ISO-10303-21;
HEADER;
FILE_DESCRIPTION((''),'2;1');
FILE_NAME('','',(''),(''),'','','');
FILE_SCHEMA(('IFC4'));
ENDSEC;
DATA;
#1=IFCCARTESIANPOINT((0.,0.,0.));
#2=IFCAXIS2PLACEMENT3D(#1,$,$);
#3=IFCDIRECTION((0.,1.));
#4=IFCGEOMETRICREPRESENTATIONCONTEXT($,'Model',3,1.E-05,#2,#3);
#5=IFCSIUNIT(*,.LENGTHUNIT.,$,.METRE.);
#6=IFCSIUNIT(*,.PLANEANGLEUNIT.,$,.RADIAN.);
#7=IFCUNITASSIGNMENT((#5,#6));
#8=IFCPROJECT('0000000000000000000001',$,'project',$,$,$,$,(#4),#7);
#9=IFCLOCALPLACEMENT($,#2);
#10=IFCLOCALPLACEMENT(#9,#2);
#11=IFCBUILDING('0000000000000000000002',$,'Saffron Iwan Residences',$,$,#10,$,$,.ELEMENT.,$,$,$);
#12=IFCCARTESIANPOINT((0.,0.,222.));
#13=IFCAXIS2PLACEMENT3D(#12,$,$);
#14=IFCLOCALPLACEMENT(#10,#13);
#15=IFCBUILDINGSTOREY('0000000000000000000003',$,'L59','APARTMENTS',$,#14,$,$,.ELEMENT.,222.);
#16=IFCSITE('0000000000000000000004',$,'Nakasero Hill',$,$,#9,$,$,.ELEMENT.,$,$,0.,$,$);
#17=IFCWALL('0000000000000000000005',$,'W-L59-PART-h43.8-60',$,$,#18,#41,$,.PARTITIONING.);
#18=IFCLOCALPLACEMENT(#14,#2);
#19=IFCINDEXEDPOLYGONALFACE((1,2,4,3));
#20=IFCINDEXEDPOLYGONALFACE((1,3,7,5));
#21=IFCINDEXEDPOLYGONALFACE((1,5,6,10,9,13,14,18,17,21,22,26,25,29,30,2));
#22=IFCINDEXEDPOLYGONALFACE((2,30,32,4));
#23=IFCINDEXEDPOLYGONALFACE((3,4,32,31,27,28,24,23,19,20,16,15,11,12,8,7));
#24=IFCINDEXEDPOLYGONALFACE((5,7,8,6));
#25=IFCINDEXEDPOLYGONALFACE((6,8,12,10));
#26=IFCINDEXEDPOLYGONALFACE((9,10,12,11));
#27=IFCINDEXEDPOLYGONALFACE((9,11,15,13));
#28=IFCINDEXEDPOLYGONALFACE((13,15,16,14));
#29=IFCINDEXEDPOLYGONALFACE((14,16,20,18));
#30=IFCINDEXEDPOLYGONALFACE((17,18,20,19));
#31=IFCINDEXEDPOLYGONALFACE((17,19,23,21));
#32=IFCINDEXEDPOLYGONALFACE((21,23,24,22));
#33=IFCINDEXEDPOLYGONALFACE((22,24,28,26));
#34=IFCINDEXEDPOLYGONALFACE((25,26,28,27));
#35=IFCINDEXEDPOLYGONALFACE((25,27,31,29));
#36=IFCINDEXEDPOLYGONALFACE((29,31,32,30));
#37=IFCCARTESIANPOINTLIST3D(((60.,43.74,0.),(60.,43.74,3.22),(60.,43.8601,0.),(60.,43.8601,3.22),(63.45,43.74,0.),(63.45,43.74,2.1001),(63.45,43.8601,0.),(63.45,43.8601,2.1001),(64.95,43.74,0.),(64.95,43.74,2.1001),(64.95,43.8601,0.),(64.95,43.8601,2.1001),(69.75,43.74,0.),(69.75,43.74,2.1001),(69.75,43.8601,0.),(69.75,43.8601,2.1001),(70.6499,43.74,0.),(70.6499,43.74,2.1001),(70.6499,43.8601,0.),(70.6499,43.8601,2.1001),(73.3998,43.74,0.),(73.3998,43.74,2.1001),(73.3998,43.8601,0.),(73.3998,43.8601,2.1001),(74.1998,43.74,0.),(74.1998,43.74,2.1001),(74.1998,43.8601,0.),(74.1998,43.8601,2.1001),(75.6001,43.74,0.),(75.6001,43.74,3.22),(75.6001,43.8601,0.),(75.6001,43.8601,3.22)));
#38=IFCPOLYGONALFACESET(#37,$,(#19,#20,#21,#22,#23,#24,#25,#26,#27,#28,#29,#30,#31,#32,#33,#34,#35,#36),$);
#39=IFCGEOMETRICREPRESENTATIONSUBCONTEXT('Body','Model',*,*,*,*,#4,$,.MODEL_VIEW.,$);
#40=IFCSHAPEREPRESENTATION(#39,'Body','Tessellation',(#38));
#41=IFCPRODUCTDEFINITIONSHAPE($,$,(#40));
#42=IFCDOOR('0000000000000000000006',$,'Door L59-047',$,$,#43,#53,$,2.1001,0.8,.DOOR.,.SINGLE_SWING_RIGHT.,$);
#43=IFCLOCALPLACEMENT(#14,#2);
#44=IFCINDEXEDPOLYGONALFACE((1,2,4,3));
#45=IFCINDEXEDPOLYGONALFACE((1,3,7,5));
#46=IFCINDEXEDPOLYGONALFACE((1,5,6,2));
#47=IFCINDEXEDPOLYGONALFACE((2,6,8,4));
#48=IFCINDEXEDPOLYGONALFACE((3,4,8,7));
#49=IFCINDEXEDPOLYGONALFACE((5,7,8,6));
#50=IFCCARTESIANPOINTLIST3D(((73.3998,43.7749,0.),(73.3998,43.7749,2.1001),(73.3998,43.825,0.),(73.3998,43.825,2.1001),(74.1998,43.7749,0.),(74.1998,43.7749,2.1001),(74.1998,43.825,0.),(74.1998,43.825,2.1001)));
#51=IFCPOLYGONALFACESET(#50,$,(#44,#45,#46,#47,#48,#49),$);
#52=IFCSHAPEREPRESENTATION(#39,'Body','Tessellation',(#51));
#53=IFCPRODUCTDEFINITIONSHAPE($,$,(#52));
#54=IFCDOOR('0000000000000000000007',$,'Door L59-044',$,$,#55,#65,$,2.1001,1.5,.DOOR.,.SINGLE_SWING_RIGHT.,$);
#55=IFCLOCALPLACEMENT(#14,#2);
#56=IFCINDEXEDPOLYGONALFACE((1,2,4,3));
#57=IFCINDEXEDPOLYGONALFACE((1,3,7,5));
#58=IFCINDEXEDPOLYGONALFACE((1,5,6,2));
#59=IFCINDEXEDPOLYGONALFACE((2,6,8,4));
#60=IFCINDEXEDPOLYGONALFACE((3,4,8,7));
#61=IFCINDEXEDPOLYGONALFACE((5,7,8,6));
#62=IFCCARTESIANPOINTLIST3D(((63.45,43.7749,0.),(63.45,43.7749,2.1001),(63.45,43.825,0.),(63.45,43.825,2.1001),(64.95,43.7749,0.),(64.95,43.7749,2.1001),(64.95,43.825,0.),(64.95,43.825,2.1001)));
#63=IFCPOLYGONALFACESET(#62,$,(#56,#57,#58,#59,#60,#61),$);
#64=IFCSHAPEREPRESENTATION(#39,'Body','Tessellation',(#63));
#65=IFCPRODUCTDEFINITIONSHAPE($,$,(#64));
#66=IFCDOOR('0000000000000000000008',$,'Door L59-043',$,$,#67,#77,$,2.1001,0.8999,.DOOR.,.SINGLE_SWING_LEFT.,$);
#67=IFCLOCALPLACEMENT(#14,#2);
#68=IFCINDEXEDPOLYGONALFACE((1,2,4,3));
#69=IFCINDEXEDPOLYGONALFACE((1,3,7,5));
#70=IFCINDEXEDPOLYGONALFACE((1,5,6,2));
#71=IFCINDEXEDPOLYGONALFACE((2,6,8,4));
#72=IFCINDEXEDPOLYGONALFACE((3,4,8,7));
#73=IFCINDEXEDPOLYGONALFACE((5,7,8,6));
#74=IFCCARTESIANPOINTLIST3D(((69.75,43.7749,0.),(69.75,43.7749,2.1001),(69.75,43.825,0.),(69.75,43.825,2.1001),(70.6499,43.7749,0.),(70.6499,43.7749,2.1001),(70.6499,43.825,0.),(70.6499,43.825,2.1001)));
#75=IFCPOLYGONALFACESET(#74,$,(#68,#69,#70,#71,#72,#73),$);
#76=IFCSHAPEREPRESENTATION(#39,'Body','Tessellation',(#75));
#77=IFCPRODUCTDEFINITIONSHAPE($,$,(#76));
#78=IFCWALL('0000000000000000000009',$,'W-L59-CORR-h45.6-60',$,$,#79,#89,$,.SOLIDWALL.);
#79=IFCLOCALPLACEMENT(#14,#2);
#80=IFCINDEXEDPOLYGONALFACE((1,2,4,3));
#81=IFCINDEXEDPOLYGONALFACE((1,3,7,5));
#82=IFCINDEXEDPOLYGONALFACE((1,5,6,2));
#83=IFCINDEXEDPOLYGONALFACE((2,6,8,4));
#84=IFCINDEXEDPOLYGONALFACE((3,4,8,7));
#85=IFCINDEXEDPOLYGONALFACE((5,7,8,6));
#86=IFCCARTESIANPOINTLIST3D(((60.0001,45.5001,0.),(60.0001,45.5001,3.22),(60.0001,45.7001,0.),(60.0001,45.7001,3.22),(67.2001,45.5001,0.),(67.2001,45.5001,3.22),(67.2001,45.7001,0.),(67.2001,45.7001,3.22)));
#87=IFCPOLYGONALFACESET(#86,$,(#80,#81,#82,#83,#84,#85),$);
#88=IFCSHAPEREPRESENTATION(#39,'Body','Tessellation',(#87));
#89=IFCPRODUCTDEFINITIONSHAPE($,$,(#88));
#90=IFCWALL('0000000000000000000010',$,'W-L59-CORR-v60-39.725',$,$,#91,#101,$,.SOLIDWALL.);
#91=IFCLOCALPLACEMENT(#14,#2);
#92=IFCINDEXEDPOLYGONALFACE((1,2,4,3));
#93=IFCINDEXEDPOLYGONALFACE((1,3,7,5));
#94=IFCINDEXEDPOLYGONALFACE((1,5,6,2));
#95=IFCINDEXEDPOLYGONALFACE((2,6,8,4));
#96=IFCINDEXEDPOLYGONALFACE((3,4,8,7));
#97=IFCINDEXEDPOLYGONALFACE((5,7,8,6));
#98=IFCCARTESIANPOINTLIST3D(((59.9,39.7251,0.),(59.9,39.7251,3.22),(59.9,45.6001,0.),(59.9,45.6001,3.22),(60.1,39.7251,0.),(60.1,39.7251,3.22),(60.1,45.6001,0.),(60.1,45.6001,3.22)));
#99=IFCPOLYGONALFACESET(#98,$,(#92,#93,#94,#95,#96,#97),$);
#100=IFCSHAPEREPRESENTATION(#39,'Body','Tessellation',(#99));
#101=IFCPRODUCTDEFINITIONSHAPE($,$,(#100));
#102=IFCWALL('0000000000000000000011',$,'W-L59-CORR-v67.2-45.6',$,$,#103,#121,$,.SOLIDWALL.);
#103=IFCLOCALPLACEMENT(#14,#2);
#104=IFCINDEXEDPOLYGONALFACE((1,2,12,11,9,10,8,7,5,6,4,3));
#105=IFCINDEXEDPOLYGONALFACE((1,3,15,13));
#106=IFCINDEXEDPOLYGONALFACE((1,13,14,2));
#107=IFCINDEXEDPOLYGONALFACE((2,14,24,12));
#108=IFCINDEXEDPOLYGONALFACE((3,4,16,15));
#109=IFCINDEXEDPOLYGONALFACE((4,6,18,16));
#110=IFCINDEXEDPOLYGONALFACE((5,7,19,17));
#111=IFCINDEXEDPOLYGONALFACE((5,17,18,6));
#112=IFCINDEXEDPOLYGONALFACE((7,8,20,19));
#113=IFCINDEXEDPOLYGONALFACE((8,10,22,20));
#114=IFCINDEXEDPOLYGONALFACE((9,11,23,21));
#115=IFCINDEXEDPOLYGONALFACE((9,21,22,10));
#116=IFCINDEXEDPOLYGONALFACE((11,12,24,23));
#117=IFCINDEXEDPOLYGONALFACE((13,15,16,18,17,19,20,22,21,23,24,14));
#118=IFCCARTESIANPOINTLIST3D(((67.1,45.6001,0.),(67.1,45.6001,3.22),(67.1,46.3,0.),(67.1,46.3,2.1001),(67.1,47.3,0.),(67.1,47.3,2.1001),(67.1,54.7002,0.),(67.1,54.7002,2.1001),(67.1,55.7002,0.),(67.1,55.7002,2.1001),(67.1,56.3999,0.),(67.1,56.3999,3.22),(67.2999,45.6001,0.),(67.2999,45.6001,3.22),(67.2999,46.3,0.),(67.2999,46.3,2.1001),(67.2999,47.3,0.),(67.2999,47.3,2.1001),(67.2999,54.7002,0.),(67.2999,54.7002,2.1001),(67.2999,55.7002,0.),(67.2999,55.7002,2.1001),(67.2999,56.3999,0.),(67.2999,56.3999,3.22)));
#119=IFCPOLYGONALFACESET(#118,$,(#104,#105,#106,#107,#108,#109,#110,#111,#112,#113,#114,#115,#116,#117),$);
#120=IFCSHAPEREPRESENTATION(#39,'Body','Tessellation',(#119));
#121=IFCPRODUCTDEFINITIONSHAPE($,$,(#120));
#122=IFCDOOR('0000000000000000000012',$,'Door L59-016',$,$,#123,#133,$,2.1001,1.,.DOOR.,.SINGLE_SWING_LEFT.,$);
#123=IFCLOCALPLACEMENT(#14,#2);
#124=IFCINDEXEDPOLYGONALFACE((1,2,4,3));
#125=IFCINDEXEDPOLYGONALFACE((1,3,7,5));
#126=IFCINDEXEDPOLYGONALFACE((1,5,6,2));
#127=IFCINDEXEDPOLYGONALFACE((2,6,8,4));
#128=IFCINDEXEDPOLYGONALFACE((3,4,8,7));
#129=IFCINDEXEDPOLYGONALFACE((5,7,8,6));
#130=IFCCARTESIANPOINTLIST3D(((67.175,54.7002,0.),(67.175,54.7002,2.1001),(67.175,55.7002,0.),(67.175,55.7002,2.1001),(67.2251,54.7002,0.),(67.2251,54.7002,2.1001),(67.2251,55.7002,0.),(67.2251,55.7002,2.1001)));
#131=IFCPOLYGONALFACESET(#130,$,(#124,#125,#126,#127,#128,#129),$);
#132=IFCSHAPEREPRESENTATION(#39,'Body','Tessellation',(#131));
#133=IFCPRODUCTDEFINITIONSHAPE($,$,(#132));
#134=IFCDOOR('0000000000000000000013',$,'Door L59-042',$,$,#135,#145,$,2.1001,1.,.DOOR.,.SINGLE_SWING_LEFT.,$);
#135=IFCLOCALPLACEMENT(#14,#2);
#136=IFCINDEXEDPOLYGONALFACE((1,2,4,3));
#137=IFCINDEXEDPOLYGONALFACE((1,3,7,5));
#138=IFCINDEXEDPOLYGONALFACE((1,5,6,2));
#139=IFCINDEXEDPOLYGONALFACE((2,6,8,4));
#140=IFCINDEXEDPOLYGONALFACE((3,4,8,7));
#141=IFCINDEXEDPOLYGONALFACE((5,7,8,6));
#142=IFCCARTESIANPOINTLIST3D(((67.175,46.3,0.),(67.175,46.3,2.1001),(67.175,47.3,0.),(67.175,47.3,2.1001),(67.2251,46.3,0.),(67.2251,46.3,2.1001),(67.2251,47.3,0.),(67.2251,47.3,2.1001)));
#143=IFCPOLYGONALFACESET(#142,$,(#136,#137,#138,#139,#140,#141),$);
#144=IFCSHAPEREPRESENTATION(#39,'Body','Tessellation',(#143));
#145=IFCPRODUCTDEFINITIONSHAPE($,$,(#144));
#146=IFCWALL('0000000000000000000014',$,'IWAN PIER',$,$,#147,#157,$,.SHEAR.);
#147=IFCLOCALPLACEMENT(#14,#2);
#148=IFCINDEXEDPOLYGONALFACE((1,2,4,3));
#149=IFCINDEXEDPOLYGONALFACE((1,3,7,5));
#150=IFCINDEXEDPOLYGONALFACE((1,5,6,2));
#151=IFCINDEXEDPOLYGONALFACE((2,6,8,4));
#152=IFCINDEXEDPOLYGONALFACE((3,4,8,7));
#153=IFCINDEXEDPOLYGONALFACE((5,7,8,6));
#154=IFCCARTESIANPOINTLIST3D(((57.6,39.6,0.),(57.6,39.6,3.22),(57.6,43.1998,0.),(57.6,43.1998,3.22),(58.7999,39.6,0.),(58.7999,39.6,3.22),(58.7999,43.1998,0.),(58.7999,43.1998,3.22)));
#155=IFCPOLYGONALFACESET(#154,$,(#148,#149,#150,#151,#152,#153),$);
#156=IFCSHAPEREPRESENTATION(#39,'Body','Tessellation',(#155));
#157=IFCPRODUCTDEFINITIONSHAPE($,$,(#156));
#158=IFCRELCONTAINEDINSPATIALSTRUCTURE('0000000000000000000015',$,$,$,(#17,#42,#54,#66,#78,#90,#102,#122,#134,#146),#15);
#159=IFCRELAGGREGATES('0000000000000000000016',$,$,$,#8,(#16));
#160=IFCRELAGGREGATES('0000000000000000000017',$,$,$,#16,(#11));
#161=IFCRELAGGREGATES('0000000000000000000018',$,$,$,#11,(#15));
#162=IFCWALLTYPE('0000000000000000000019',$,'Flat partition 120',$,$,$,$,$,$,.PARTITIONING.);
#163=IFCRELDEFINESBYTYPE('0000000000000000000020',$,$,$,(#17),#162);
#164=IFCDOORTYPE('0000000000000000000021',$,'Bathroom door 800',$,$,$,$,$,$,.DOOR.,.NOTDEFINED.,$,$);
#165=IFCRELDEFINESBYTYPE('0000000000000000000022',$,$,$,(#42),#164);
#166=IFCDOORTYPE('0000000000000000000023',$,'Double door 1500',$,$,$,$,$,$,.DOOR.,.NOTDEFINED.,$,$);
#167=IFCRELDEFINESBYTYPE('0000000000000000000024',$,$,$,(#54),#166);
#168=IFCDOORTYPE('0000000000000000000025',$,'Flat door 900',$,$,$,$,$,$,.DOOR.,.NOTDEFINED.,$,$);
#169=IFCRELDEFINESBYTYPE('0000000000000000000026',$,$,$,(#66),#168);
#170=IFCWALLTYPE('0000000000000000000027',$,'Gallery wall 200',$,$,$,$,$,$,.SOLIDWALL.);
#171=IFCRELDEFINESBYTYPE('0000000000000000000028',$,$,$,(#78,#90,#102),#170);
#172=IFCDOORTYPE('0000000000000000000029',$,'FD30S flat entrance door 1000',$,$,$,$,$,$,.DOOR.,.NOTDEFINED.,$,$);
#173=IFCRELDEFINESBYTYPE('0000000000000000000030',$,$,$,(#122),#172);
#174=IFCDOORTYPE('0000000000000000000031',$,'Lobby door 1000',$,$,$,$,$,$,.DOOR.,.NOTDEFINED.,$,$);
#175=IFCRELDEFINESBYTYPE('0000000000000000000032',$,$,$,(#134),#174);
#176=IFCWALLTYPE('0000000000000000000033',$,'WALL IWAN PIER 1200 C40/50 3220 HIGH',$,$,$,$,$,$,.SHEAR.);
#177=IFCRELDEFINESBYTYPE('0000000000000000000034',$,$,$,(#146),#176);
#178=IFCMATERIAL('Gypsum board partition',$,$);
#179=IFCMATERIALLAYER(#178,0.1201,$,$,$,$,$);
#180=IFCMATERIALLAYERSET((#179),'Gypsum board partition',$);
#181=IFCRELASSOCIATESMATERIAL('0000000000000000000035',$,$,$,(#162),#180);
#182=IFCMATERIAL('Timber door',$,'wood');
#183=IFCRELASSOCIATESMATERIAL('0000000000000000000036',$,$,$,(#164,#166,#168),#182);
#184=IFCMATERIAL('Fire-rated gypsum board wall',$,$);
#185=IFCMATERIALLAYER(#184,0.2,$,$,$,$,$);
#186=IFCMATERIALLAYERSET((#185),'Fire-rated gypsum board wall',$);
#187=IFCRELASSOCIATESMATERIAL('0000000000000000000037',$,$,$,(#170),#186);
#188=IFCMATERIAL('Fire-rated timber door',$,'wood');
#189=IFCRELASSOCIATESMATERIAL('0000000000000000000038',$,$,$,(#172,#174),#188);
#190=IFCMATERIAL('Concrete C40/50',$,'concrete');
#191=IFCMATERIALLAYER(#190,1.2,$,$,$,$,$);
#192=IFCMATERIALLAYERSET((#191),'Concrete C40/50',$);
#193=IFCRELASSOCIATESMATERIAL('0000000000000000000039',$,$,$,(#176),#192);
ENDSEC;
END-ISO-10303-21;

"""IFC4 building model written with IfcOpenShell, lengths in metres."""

from ifc_helpers import new_model, si_unit, direction, frame, frame_2d, origin, place, context, subcontext, project, spatial, rectangle, extrude, material, layer, layer_set, type_object, element, fill, save


model = new_model("IFC4")

# Units and contexts
model_context = context("Model", 3, precision=1e-05, world=origin(), true_north=direction((0.0, 1.0)))
body_context = subcontext(model_context, "Body", "Model", "MODEL_VIEW")
ifc_project = project(units=[si_unit("LENGTHUNIT", "METRE"), si_unit("PLANEANGLEUNIT", "RADIAN")], contexts=[model_context])

# Site, building, storey
site_placement = place(None, origin())
site = spatial("IfcSite", under=ifc_project, at=site_placement, Name="Nakasero Hill", CompositionType="ELEMENT", RefElevation=0.0)
building_placement = place(site_placement, origin())
building = spatial("IfcBuilding", under=site, at=building_placement, Name="Saffron Iwan Residences", CompositionType="ELEMENT")
storey_placement = place(building_placement, frame((0.0, 0.0, 222.0)))
storey = spatial("IfcBuildingStorey", under=building, at=storey_placement, Name="L59", Description="APARTMENTS", CompositionType="ELEMENT", Elevation=222.0)

# Shared definitions
ifc_material_1 = material(Name="Concrete C40/50", Category="concrete")

# Wall, openings, doors
ifc_material_2 = material(Name="Gypsum board partition")
ifc_layer_1 = layer(ifc_material_2, 0.1201)
ifc_layer_set_1 = layer_set([ifc_layer_1], Name="Gypsum board partition")
wall_type_1 = type_object("IfcWallType", Name="Flat partition 120", PredefinedType="PARTITIONING", material=ifc_layer_set_1)
wall_1_placement = place(storey_placement, frame((60.0, 43.8, 0.0), z_axis=(0.0, 0.0, 1.0), x_axis=(1.0, 0.0, 0.0)))
wall_1 = element("IfcWall", 1, at=wall_1_placement, inside=storey, type_object=wall_type_1, Name="W-L59-PART-h43.8-60", PredefinedType="PARTITIONING", context=body_context, shape_type="SweptSolid", body=[
    extrude(rectangle(XDim=15.6001, YDim=0.1201, at=frame_2d((7.8, 0.0))), origin(), (0.0, 0.0, 1.0), 3.22),
])
opening_1_placement = place(wall_1_placement, frame((9.75, 0.0, 0.0)))
opening_1 = element("IfcOpeningElement", 2, at=opening_1_placement, cuts=wall_1, PredefinedType="OPENING", context=body_context, shape_type="SweptSolid", body=[
    extrude(rectangle(XDim=0.8999, YDim=2.1001, at=frame_2d((0.45, 1.05))), frame((0.0, 0.0701, 0.0), z_axis=(0.0, -1.0, 0.0), x_axis=(1.0, 0.0, 0.0)), (0.0, 0.0, 1.0), 0.1401),
])
opening_2_placement = place(wall_1_placement, frame((3.45, 0.0, 0.0)))
opening_2 = element("IfcOpeningElement", 3, at=opening_2_placement, cuts=wall_1, PredefinedType="OPENING", context=body_context, shape_type="SweptSolid", body=[
    extrude(rectangle(XDim=1.5, YDim=2.1001, at=frame_2d((0.75, 1.05))), frame((0.0, 0.0701, 0.0), z_axis=(0.0, -1.0, 0.0), x_axis=(1.0, 0.0, 0.0)), (0.0, 0.0, 1.0), 0.1401),
])
opening_3_placement = place(wall_1_placement, frame((13.3999, 0.0, 0.0)))
opening_3 = element("IfcOpeningElement", 4, at=opening_3_placement, cuts=wall_1, PredefinedType="OPENING", context=body_context, shape_type="SweptSolid", body=[
    extrude(rectangle(XDim=0.8, YDim=2.1001, at=frame_2d((0.3999, 1.05))), frame((0.0, 0.0701, 0.0), z_axis=(0.0, -1.0, 0.0), x_axis=(1.0, 0.0, 0.0)), (0.0, 0.0, 1.0), 0.1401),
])
ifc_material_3 = material(Name="Timber door", Category="wood")
door_type_1 = type_object("IfcDoorType", Name="Bathroom door 800", OperationType="NOTDEFINED", PredefinedType="DOOR", material=ifc_material_3)
door_1_placement = place(opening_3_placement, origin())
door_1 = element("IfcDoor", 5, at=door_1_placement, inside=storey, type_object=door_type_1, Name="Door L59-047", OperationType="SINGLE_SWING_RIGHT", OverallHeight=2.1001, OverallWidth=0.8, PredefinedType="DOOR", context=body_context, shape_type="SweptSolid", body=[
    extrude(rectangle(XDim=0.8, YDim=2.1001, at=frame_2d((0.3999, 1.05))), frame((0.0, 0.0249, 0.0), z_axis=(0.0, -1.0, 0.0), x_axis=(1.0, 0.0, 0.0)), (0.0, 0.0, 1.0), 0.05),
])
fill(opening_3, door_1)
door_type_2 = type_object("IfcDoorType", Name="Double door 1500", OperationType="NOTDEFINED", PredefinedType="DOOR", material=ifc_material_3)
door_2_placement = place(opening_2_placement, origin())
door_2 = element("IfcDoor", 6, at=door_2_placement, inside=storey, type_object=door_type_2, Name="Door L59-044", OperationType="SINGLE_SWING_RIGHT", OverallHeight=2.1001, OverallWidth=1.5, PredefinedType="DOOR", context=body_context, shape_type="SweptSolid", body=[
    extrude(rectangle(XDim=1.5, YDim=2.1001, at=frame_2d((0.75, 1.05))), frame((0.0, 0.0249, 0.0), z_axis=(0.0, -1.0, 0.0), x_axis=(1.0, 0.0, 0.0)), (0.0, 0.0, 1.0), 0.05),
])
fill(opening_2, door_2)
door_type_3 = type_object("IfcDoorType", Name="Flat door 900", OperationType="NOTDEFINED", PredefinedType="DOOR", material=ifc_material_3)
door_3_placement = place(opening_1_placement, origin())
door_3 = element("IfcDoor", 7, at=door_3_placement, inside=storey, type_object=door_type_3, Name="Door L59-043", OperationType="SINGLE_SWING_LEFT", OverallHeight=2.1001, OverallWidth=0.8999, PredefinedType="DOOR", context=body_context, shape_type="SweptSolid", body=[
    extrude(rectangle(XDim=0.8999, YDim=2.1001, at=frame_2d((0.45, 1.05))), frame((0.0, 0.0249, 0.0), z_axis=(0.0, -1.0, 0.0), x_axis=(1.0, 0.0, 0.0)), (0.0, 0.0, 1.0), 0.05),
])
fill(opening_1, door_3)

# Walls
ifc_material_4 = material(Name="Fire-rated gypsum board wall")
ifc_layer_2 = layer(ifc_material_4, 0.2)
ifc_layer_set_2 = layer_set([ifc_layer_2], Name="Fire-rated gypsum board wall")
wall_type_2 = type_object("IfcWallType", Name="Gallery wall 200", PredefinedType="SOLIDWALL", material=ifc_layer_set_2)
wall_2_placement = place(storey_placement, frame((60.0, 45.6001, 0.0), z_axis=(0.0, 0.0, 1.0), x_axis=(1.0, 0.0, 0.0)))
element("IfcWall", 8, at=wall_2_placement, inside=storey, type_object=wall_type_2, Name="W-L59-CORR-h45.6-60", PredefinedType="SOLIDWALL", context=body_context, shape_type="SweptSolid", body=[
    extrude(rectangle(XDim=7.2, YDim=0.2, at=frame_2d((3.6001, 0.0))), origin(), (0.0, 0.0, 1.0), 3.22),
])
wall_3_placement = place(storey_placement, frame((60.0, 39.7251, 0.0), z_axis=(0.0, 0.0, 1.0), x_axis=(0.0, 1.0, 0.0)))
element("IfcWall", 9, at=wall_3_placement, inside=storey, type_object=wall_type_2, Name="W-L59-CORR-v60-39.725", PredefinedType="SOLIDWALL", context=body_context, shape_type="SweptSolid", body=[
    extrude(rectangle(XDim=5.875, YDim=0.2, at=frame_2d((2.9375, 0.0))), origin(), (0.0, 0.0, 1.0), 3.22),
])

# Wall, openings, doors
wall_4_placement = place(storey_placement, frame((67.2, 45.6001, 0.0), z_axis=(0.0, 0.0, 1.0), x_axis=(0.0, 1.0, 0.0)))
wall_4 = element("IfcWall", 10, at=wall_4_placement, inside=storey, type_object=wall_type_2, Name="W-L59-CORR-v67.2-45.6", PredefinedType="SOLIDWALL", context=body_context, shape_type="SweptSolid", body=[
    extrude(rectangle(XDim=10.7998, YDim=0.2, at=frame_2d((5.3999, 0.0))), origin(), (0.0, 0.0, 1.0), 3.22),
])
opening_4_placement = place(wall_4_placement, frame((9.1001, 0.0, 0.0)))
opening_4 = element("IfcOpeningElement", 11, at=opening_4_placement, cuts=wall_4, PredefinedType="OPENING", context=body_context, shape_type="SweptSolid", body=[
    extrude(rectangle(XDim=1.0, YDim=2.1001, at=frame_2d((0.5, 1.05))), frame((0.0, 0.1099, 0.0), z_axis=(0.0, -1.0, 0.0), x_axis=(1.0, 0.0, 0.0)), (0.0, 0.0, 1.0), 0.22),
])
opening_5_placement = place(wall_4_placement, frame((0.7, 0.0, 0.0)))
opening_5 = element("IfcOpeningElement", 12, at=opening_5_placement, cuts=wall_4, PredefinedType="OPENING", context=body_context, shape_type="SweptSolid", body=[
    extrude(rectangle(XDim=1.0, YDim=2.1001, at=frame_2d((0.5, 1.05))), frame((0.0, 0.1099, 0.0), z_axis=(0.0, -1.0, 0.0), x_axis=(1.0, 0.0, 0.0)), (0.0, 0.0, 1.0), 0.22),
])
ifc_material_5 = material(Name="Fire-rated timber door", Category="wood")
door_type_4 = type_object("IfcDoorType", Name="FD30S flat entrance door 1000", OperationType="NOTDEFINED", PredefinedType="DOOR", material=ifc_material_5)
door_4_placement = place(opening_4_placement, origin())
door_4 = element("IfcDoor", 13, at=door_4_placement, inside=storey, type_object=door_type_4, Name="Door L59-016", OperationType="SINGLE_SWING_LEFT", OverallHeight=2.1001, OverallWidth=1.0, PredefinedType="DOOR", context=body_context, shape_type="SweptSolid", body=[
    extrude(rectangle(XDim=1.0, YDim=2.1001, at=frame_2d((0.5, 1.05))), frame((0.0, 0.0249, 0.0), z_axis=(0.0, -1.0, 0.0), x_axis=(1.0, 0.0, 0.0)), (0.0, 0.0, 1.0), 0.05),
])
fill(opening_4, door_4)
door_type_5 = type_object("IfcDoorType", Name="Lobby door 1000", OperationType="NOTDEFINED", PredefinedType="DOOR", material=ifc_material_5)
door_5_placement = place(opening_5_placement, origin())
door_5 = element("IfcDoor", 14, at=door_5_placement, inside=storey, type_object=door_type_5, Name="Door L59-042", OperationType="SINGLE_SWING_LEFT", OverallHeight=2.1001, OverallWidth=1.0, PredefinedType="DOOR", context=body_context, shape_type="SweptSolid", body=[
    extrude(rectangle(XDim=1.0, YDim=2.1001, at=frame_2d((0.5, 1.05))), frame((0.0, 0.0249, 0.0), z_axis=(0.0, -1.0, 0.0), x_axis=(1.0, 0.0, 0.0)), (0.0, 0.0, 1.0), 0.05),
])
fill(opening_5, door_5)

# Wall
ifc_layer_3 = layer(ifc_material_1, 1.2)
ifc_layer_set_3 = layer_set([ifc_layer_3], Name="Concrete C40/50")
wall_type_3 = type_object("IfcWallType", Name="WALL IWAN PIER 1200 C40/50 3220 HIGH", PredefinedType="SHEAR", material=ifc_layer_set_3)
wall_5_placement = place(storey_placement, frame((58.2, 39.6001, 0.0), z_axis=(0.0, 0.0, 1.0), x_axis=(0.0, 1.0, 0.0)))
element("IfcWall", 15, at=wall_5_placement, inside=storey, type_object=wall_type_3, Name="IWAN PIER", PredefinedType="SHEAR", context=body_context, shape_type="SweptSolid", body=[
    extrude(rectangle(XDim=3.5999, YDim=1.2, at=frame_2d((1.7998, 0.0))), origin(), (0.0, 0.0, 1.0), 3.22),
])

save(model, "model.ifc")
